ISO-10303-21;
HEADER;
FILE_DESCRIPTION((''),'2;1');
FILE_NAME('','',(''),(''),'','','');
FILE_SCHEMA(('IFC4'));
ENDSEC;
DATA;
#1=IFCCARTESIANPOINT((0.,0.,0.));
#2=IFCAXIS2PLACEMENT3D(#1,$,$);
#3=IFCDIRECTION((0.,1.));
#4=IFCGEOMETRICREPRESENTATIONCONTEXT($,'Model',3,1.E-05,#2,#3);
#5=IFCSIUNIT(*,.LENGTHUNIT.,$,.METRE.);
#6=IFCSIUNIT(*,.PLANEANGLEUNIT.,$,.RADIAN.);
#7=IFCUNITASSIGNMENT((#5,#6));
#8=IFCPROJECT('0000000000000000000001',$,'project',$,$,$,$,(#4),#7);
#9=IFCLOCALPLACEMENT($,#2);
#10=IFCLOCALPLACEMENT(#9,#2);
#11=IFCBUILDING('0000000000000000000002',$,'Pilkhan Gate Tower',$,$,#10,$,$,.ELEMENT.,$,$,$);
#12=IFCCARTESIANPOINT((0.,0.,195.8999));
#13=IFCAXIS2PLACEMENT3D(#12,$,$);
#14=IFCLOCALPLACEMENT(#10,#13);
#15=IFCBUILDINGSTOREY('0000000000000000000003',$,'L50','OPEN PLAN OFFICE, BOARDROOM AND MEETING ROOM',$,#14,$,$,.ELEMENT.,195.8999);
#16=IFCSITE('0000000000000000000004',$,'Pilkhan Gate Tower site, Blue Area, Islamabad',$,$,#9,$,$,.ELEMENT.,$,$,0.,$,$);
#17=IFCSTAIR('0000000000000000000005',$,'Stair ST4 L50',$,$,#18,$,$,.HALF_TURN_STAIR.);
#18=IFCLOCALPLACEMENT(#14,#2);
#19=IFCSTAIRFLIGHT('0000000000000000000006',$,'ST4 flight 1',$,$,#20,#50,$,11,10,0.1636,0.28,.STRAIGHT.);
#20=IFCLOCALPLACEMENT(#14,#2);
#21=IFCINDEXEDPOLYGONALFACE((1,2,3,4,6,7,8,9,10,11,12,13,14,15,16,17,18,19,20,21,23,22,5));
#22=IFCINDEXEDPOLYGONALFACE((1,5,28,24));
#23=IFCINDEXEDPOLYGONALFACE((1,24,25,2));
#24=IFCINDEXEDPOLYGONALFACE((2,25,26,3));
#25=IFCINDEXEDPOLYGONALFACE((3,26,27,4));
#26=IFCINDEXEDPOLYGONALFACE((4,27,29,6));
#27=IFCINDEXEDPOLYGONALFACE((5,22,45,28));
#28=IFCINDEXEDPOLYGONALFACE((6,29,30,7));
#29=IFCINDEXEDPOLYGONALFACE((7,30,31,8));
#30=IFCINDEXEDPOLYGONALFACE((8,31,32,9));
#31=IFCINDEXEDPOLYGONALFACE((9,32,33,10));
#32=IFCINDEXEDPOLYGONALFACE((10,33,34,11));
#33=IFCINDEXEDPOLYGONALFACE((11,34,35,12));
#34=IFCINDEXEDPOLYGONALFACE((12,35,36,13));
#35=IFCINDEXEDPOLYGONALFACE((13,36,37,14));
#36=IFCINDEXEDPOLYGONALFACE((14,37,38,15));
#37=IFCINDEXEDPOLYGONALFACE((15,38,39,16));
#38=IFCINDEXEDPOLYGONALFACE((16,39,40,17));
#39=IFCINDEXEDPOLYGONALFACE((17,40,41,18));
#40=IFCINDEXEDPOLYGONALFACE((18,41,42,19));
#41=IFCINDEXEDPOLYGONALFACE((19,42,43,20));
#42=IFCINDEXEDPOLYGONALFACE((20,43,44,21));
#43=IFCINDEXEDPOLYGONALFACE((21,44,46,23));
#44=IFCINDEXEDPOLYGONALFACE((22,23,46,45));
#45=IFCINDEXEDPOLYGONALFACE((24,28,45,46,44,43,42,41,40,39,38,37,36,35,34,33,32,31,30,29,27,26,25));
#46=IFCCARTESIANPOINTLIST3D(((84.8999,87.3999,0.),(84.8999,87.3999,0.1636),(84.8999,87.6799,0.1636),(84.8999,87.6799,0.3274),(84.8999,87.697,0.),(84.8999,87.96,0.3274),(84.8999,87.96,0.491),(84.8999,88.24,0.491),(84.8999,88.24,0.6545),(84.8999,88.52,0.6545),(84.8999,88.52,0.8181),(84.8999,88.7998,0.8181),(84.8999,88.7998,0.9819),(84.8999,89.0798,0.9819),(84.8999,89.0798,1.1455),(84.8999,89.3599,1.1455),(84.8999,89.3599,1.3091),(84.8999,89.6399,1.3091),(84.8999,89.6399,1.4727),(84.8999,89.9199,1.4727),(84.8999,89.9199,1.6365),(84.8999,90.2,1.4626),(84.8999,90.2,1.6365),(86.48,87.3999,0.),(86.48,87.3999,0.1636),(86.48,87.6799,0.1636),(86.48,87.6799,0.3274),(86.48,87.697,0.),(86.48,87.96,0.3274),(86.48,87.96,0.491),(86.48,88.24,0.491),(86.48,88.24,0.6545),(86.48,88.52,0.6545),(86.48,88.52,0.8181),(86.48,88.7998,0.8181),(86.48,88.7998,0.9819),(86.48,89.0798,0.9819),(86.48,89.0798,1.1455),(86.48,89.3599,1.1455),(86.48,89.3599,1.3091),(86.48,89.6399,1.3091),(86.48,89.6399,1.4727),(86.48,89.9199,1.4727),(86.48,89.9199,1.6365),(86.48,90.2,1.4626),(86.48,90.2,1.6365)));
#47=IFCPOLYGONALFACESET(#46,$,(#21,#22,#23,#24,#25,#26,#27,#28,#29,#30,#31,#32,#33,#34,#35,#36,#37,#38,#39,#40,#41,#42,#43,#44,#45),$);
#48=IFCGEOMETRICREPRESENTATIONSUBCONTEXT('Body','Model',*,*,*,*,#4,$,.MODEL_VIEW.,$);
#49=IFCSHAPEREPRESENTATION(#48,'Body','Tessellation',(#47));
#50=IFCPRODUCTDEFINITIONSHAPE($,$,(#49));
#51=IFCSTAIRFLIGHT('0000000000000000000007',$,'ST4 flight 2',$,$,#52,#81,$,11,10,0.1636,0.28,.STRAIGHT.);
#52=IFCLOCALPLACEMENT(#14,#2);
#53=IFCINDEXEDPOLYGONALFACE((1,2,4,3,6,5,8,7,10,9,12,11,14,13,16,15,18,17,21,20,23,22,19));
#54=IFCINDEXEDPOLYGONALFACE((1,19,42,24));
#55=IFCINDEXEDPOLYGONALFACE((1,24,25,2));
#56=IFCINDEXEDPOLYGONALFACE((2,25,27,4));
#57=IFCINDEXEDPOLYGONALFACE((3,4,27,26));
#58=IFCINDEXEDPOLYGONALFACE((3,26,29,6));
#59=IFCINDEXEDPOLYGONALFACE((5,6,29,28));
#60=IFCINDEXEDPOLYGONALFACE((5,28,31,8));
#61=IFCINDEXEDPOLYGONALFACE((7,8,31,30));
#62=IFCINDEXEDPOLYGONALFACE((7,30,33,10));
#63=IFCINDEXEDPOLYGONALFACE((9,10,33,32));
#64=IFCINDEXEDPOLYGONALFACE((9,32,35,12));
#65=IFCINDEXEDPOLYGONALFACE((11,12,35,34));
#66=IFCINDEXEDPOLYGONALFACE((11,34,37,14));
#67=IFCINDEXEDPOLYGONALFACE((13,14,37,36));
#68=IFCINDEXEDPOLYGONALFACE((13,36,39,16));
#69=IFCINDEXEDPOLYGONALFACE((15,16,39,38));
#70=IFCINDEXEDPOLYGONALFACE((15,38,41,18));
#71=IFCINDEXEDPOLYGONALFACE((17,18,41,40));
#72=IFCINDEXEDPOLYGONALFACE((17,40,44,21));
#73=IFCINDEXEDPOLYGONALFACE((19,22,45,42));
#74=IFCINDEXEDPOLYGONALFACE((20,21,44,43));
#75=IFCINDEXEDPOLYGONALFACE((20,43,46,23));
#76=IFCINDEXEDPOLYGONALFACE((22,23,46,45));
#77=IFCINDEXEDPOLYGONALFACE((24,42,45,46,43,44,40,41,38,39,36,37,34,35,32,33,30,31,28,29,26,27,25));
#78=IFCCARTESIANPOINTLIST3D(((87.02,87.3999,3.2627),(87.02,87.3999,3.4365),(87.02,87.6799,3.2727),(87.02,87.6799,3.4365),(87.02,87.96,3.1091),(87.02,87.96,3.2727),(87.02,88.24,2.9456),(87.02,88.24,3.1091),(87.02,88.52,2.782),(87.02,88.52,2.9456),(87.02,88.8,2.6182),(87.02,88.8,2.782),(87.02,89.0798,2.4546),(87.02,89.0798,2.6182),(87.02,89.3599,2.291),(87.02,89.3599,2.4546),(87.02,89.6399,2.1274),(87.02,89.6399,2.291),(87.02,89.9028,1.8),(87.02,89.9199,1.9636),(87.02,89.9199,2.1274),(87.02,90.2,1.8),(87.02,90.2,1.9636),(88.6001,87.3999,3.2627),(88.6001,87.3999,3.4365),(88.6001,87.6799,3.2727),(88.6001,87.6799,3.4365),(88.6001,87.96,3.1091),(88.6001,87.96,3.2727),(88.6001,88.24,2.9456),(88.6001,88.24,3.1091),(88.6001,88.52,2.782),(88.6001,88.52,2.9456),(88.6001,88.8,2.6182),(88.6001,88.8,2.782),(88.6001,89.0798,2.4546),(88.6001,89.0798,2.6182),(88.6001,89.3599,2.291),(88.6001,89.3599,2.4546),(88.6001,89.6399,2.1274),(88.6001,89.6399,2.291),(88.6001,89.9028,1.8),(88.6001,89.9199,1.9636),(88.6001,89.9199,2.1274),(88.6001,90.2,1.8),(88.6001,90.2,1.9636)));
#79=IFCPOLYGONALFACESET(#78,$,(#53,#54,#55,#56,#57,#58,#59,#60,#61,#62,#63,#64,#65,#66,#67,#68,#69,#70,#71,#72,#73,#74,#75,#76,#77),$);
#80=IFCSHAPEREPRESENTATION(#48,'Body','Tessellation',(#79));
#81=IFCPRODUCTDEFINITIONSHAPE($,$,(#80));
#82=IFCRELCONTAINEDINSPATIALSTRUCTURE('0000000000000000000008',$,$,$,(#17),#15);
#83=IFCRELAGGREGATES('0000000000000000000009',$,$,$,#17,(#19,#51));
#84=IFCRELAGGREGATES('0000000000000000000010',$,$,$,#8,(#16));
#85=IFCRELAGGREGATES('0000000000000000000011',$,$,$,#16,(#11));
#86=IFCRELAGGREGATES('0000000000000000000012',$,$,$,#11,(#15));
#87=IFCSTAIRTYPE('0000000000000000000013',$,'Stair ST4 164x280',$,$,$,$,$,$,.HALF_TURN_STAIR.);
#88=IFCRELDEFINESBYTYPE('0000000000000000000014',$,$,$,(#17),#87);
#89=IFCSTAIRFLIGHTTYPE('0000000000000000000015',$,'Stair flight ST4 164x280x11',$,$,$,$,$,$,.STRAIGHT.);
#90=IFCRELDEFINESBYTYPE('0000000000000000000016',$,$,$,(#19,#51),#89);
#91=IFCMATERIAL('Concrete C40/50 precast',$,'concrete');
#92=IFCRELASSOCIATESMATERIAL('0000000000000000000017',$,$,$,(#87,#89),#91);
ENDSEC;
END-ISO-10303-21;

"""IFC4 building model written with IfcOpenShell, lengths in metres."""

from ifc_helpers import new_model, si_unit, direction, frame, origin, place, context, subcontext, project, spatial, polyline, outline, extrude, material, type_object, element, aggregate, save


model = new_model("IFC4")

# Units and contexts
model_context = context("Model", 3, precision=1e-05, world=origin(), true_north=direction((0.0, 1.0)))
body_context = subcontext(model_context, "Body", "Model", "MODEL_VIEW")
ifc_project = project(units=[si_unit("LENGTHUNIT", "METRE"), si_unit("PLANEANGLEUNIT", "RADIAN")], contexts=[model_context])

# Site, building, storey
site_placement = place(None, origin())
site = spatial("IfcSite", under=ifc_project, at=site_placement, Name="Pilkhan Gate Tower site, Blue Area, Islamabad", CompositionType="ELEMENT", RefElevation=0.0)
building_placement = place(site_placement, origin())
building = spatial("IfcBuilding", under=site, at=building_placement, Name="Pilkhan Gate Tower", CompositionType="ELEMENT")
storey_placement = place(building_placement, frame((0.0, 0.0, 195.8999)))
storey = spatial("IfcBuildingStorey", under=building, at=storey_placement, Name="L50", Description="OPEN PLAN OFFICE, BOARDROOM AND MEETING ROOM", CompositionType="ELEMENT", Elevation=195.8999)

# Stair, stair flights
ifc_material_1 = material(Name="Concrete C40/50 precast", Category="concrete")
stair_type_1 = type_object("IfcStairType", Name="Stair ST4 164x280", PredefinedType="HALF_TURN_STAIR", material=ifc_material_1)
stair_1_placement = place(storey_placement, origin())
stair_1 = element("IfcStair", 1, at=stair_1_placement, inside=storey, type_object=stair_type_1, Name="Stair ST4 L50", PredefinedType="HALF_TURN_STAIR")
stair_flight_type_1 = type_object("IfcStairFlightType", Name="Stair flight ST4 164x280x11", PredefinedType="STRAIGHT", material=ifc_material_1)
stair_flight_1_placement = place(storey_placement, frame((85.6899, 87.3999, 0.0), z_axis=(0.0, 0.0, 1.0), x_axis=(0.0, 1.0, 0.0)))
stair_flight_1 = element("IfcStairFlight", 2, at=stair_flight_1_placement, type_object=stair_flight_type_1, Name="ST4 flight 1", NumberOfRisers=11, NumberOfTreads=10, PredefinedType="STRAIGHT", RiserHeight=0.1636, TreadLength=0.28, context=body_context, shape_type="SweptSolid", body=[
    extrude(outline(polyline([(0.0, 0.0), (0.0, 0.1636), (0.28, 0.1636), (0.28, 0.3274), (0.5601, 0.3274), (0.5601, 0.491), (0.8401, 0.491), (0.8401, 0.6545), (1.1201, 0.6545), (1.1201, 0.8181), (1.3999, 0.8181), (1.3999, 0.9819), (1.6799, 0.9819), (1.6799, 1.1455), (1.96, 1.1455), (1.96, 1.3091), (2.24, 1.3091), (2.24, 1.4727), (2.52, 1.4727), (2.52, 1.6365), (2.8, 1.6365), (2.8, 1.8), (2.8, 1.4626), (0.2971, 0.0), (0.0, 0.0)])), frame((0.0, 0.79, 0.0), z_axis=(0.0, -1.0, 0.0), x_axis=(1.0, 0.0, 0.0)), (0.0, 0.0, 1.0), 1.5801),
])
stair_flight_2_placement = place(storey_placement, frame((87.8101, 90.2, 1.8), z_axis=(0.0, 0.0, 1.0), x_axis=(0.0, -1.0, 0.0)))
stair_flight_2 = element("IfcStairFlight", 3, at=stair_flight_2_placement, type_object=stair_flight_type_1, Name="ST4 flight 2", NumberOfRisers=11, NumberOfTreads=10, PredefinedType="STRAIGHT", RiserHeight=0.1636, TreadLength=0.28, context=body_context, shape_type="SweptSolid", body=[
    extrude(outline(polyline([(0.0, 0.0), (0.0, 0.1636), (0.28, 0.1636), (0.28, 0.3274), (0.5601, 0.3274), (0.5601, 0.491), (0.8401, 0.491), (0.8401, 0.6545), (1.1201, 0.6545), (1.1201, 0.8181), (1.3999, 0.8181), (1.3999, 0.9819), (1.6799, 0.9819), (1.6799, 1.1455), (1.96, 1.1455), (1.96, 1.3091), (2.24, 1.3091), (2.24, 1.4727), (2.52, 1.4727), (2.52, 1.6365), (2.8, 1.6365), (2.8, 1.8), (2.8, 1.4626), (0.2971, 0.0), (0.0, 0.0)])), frame((0.0, 0.79, 0.0), z_axis=(0.0, -1.0, 0.0), x_axis=(1.0, 0.0, 0.0)), (0.0, 0.0, 1.0), 1.5801),
])
aggregate(stair_1, [stair_flight_1, stair_flight_2])

save(model, "model.ifc")
